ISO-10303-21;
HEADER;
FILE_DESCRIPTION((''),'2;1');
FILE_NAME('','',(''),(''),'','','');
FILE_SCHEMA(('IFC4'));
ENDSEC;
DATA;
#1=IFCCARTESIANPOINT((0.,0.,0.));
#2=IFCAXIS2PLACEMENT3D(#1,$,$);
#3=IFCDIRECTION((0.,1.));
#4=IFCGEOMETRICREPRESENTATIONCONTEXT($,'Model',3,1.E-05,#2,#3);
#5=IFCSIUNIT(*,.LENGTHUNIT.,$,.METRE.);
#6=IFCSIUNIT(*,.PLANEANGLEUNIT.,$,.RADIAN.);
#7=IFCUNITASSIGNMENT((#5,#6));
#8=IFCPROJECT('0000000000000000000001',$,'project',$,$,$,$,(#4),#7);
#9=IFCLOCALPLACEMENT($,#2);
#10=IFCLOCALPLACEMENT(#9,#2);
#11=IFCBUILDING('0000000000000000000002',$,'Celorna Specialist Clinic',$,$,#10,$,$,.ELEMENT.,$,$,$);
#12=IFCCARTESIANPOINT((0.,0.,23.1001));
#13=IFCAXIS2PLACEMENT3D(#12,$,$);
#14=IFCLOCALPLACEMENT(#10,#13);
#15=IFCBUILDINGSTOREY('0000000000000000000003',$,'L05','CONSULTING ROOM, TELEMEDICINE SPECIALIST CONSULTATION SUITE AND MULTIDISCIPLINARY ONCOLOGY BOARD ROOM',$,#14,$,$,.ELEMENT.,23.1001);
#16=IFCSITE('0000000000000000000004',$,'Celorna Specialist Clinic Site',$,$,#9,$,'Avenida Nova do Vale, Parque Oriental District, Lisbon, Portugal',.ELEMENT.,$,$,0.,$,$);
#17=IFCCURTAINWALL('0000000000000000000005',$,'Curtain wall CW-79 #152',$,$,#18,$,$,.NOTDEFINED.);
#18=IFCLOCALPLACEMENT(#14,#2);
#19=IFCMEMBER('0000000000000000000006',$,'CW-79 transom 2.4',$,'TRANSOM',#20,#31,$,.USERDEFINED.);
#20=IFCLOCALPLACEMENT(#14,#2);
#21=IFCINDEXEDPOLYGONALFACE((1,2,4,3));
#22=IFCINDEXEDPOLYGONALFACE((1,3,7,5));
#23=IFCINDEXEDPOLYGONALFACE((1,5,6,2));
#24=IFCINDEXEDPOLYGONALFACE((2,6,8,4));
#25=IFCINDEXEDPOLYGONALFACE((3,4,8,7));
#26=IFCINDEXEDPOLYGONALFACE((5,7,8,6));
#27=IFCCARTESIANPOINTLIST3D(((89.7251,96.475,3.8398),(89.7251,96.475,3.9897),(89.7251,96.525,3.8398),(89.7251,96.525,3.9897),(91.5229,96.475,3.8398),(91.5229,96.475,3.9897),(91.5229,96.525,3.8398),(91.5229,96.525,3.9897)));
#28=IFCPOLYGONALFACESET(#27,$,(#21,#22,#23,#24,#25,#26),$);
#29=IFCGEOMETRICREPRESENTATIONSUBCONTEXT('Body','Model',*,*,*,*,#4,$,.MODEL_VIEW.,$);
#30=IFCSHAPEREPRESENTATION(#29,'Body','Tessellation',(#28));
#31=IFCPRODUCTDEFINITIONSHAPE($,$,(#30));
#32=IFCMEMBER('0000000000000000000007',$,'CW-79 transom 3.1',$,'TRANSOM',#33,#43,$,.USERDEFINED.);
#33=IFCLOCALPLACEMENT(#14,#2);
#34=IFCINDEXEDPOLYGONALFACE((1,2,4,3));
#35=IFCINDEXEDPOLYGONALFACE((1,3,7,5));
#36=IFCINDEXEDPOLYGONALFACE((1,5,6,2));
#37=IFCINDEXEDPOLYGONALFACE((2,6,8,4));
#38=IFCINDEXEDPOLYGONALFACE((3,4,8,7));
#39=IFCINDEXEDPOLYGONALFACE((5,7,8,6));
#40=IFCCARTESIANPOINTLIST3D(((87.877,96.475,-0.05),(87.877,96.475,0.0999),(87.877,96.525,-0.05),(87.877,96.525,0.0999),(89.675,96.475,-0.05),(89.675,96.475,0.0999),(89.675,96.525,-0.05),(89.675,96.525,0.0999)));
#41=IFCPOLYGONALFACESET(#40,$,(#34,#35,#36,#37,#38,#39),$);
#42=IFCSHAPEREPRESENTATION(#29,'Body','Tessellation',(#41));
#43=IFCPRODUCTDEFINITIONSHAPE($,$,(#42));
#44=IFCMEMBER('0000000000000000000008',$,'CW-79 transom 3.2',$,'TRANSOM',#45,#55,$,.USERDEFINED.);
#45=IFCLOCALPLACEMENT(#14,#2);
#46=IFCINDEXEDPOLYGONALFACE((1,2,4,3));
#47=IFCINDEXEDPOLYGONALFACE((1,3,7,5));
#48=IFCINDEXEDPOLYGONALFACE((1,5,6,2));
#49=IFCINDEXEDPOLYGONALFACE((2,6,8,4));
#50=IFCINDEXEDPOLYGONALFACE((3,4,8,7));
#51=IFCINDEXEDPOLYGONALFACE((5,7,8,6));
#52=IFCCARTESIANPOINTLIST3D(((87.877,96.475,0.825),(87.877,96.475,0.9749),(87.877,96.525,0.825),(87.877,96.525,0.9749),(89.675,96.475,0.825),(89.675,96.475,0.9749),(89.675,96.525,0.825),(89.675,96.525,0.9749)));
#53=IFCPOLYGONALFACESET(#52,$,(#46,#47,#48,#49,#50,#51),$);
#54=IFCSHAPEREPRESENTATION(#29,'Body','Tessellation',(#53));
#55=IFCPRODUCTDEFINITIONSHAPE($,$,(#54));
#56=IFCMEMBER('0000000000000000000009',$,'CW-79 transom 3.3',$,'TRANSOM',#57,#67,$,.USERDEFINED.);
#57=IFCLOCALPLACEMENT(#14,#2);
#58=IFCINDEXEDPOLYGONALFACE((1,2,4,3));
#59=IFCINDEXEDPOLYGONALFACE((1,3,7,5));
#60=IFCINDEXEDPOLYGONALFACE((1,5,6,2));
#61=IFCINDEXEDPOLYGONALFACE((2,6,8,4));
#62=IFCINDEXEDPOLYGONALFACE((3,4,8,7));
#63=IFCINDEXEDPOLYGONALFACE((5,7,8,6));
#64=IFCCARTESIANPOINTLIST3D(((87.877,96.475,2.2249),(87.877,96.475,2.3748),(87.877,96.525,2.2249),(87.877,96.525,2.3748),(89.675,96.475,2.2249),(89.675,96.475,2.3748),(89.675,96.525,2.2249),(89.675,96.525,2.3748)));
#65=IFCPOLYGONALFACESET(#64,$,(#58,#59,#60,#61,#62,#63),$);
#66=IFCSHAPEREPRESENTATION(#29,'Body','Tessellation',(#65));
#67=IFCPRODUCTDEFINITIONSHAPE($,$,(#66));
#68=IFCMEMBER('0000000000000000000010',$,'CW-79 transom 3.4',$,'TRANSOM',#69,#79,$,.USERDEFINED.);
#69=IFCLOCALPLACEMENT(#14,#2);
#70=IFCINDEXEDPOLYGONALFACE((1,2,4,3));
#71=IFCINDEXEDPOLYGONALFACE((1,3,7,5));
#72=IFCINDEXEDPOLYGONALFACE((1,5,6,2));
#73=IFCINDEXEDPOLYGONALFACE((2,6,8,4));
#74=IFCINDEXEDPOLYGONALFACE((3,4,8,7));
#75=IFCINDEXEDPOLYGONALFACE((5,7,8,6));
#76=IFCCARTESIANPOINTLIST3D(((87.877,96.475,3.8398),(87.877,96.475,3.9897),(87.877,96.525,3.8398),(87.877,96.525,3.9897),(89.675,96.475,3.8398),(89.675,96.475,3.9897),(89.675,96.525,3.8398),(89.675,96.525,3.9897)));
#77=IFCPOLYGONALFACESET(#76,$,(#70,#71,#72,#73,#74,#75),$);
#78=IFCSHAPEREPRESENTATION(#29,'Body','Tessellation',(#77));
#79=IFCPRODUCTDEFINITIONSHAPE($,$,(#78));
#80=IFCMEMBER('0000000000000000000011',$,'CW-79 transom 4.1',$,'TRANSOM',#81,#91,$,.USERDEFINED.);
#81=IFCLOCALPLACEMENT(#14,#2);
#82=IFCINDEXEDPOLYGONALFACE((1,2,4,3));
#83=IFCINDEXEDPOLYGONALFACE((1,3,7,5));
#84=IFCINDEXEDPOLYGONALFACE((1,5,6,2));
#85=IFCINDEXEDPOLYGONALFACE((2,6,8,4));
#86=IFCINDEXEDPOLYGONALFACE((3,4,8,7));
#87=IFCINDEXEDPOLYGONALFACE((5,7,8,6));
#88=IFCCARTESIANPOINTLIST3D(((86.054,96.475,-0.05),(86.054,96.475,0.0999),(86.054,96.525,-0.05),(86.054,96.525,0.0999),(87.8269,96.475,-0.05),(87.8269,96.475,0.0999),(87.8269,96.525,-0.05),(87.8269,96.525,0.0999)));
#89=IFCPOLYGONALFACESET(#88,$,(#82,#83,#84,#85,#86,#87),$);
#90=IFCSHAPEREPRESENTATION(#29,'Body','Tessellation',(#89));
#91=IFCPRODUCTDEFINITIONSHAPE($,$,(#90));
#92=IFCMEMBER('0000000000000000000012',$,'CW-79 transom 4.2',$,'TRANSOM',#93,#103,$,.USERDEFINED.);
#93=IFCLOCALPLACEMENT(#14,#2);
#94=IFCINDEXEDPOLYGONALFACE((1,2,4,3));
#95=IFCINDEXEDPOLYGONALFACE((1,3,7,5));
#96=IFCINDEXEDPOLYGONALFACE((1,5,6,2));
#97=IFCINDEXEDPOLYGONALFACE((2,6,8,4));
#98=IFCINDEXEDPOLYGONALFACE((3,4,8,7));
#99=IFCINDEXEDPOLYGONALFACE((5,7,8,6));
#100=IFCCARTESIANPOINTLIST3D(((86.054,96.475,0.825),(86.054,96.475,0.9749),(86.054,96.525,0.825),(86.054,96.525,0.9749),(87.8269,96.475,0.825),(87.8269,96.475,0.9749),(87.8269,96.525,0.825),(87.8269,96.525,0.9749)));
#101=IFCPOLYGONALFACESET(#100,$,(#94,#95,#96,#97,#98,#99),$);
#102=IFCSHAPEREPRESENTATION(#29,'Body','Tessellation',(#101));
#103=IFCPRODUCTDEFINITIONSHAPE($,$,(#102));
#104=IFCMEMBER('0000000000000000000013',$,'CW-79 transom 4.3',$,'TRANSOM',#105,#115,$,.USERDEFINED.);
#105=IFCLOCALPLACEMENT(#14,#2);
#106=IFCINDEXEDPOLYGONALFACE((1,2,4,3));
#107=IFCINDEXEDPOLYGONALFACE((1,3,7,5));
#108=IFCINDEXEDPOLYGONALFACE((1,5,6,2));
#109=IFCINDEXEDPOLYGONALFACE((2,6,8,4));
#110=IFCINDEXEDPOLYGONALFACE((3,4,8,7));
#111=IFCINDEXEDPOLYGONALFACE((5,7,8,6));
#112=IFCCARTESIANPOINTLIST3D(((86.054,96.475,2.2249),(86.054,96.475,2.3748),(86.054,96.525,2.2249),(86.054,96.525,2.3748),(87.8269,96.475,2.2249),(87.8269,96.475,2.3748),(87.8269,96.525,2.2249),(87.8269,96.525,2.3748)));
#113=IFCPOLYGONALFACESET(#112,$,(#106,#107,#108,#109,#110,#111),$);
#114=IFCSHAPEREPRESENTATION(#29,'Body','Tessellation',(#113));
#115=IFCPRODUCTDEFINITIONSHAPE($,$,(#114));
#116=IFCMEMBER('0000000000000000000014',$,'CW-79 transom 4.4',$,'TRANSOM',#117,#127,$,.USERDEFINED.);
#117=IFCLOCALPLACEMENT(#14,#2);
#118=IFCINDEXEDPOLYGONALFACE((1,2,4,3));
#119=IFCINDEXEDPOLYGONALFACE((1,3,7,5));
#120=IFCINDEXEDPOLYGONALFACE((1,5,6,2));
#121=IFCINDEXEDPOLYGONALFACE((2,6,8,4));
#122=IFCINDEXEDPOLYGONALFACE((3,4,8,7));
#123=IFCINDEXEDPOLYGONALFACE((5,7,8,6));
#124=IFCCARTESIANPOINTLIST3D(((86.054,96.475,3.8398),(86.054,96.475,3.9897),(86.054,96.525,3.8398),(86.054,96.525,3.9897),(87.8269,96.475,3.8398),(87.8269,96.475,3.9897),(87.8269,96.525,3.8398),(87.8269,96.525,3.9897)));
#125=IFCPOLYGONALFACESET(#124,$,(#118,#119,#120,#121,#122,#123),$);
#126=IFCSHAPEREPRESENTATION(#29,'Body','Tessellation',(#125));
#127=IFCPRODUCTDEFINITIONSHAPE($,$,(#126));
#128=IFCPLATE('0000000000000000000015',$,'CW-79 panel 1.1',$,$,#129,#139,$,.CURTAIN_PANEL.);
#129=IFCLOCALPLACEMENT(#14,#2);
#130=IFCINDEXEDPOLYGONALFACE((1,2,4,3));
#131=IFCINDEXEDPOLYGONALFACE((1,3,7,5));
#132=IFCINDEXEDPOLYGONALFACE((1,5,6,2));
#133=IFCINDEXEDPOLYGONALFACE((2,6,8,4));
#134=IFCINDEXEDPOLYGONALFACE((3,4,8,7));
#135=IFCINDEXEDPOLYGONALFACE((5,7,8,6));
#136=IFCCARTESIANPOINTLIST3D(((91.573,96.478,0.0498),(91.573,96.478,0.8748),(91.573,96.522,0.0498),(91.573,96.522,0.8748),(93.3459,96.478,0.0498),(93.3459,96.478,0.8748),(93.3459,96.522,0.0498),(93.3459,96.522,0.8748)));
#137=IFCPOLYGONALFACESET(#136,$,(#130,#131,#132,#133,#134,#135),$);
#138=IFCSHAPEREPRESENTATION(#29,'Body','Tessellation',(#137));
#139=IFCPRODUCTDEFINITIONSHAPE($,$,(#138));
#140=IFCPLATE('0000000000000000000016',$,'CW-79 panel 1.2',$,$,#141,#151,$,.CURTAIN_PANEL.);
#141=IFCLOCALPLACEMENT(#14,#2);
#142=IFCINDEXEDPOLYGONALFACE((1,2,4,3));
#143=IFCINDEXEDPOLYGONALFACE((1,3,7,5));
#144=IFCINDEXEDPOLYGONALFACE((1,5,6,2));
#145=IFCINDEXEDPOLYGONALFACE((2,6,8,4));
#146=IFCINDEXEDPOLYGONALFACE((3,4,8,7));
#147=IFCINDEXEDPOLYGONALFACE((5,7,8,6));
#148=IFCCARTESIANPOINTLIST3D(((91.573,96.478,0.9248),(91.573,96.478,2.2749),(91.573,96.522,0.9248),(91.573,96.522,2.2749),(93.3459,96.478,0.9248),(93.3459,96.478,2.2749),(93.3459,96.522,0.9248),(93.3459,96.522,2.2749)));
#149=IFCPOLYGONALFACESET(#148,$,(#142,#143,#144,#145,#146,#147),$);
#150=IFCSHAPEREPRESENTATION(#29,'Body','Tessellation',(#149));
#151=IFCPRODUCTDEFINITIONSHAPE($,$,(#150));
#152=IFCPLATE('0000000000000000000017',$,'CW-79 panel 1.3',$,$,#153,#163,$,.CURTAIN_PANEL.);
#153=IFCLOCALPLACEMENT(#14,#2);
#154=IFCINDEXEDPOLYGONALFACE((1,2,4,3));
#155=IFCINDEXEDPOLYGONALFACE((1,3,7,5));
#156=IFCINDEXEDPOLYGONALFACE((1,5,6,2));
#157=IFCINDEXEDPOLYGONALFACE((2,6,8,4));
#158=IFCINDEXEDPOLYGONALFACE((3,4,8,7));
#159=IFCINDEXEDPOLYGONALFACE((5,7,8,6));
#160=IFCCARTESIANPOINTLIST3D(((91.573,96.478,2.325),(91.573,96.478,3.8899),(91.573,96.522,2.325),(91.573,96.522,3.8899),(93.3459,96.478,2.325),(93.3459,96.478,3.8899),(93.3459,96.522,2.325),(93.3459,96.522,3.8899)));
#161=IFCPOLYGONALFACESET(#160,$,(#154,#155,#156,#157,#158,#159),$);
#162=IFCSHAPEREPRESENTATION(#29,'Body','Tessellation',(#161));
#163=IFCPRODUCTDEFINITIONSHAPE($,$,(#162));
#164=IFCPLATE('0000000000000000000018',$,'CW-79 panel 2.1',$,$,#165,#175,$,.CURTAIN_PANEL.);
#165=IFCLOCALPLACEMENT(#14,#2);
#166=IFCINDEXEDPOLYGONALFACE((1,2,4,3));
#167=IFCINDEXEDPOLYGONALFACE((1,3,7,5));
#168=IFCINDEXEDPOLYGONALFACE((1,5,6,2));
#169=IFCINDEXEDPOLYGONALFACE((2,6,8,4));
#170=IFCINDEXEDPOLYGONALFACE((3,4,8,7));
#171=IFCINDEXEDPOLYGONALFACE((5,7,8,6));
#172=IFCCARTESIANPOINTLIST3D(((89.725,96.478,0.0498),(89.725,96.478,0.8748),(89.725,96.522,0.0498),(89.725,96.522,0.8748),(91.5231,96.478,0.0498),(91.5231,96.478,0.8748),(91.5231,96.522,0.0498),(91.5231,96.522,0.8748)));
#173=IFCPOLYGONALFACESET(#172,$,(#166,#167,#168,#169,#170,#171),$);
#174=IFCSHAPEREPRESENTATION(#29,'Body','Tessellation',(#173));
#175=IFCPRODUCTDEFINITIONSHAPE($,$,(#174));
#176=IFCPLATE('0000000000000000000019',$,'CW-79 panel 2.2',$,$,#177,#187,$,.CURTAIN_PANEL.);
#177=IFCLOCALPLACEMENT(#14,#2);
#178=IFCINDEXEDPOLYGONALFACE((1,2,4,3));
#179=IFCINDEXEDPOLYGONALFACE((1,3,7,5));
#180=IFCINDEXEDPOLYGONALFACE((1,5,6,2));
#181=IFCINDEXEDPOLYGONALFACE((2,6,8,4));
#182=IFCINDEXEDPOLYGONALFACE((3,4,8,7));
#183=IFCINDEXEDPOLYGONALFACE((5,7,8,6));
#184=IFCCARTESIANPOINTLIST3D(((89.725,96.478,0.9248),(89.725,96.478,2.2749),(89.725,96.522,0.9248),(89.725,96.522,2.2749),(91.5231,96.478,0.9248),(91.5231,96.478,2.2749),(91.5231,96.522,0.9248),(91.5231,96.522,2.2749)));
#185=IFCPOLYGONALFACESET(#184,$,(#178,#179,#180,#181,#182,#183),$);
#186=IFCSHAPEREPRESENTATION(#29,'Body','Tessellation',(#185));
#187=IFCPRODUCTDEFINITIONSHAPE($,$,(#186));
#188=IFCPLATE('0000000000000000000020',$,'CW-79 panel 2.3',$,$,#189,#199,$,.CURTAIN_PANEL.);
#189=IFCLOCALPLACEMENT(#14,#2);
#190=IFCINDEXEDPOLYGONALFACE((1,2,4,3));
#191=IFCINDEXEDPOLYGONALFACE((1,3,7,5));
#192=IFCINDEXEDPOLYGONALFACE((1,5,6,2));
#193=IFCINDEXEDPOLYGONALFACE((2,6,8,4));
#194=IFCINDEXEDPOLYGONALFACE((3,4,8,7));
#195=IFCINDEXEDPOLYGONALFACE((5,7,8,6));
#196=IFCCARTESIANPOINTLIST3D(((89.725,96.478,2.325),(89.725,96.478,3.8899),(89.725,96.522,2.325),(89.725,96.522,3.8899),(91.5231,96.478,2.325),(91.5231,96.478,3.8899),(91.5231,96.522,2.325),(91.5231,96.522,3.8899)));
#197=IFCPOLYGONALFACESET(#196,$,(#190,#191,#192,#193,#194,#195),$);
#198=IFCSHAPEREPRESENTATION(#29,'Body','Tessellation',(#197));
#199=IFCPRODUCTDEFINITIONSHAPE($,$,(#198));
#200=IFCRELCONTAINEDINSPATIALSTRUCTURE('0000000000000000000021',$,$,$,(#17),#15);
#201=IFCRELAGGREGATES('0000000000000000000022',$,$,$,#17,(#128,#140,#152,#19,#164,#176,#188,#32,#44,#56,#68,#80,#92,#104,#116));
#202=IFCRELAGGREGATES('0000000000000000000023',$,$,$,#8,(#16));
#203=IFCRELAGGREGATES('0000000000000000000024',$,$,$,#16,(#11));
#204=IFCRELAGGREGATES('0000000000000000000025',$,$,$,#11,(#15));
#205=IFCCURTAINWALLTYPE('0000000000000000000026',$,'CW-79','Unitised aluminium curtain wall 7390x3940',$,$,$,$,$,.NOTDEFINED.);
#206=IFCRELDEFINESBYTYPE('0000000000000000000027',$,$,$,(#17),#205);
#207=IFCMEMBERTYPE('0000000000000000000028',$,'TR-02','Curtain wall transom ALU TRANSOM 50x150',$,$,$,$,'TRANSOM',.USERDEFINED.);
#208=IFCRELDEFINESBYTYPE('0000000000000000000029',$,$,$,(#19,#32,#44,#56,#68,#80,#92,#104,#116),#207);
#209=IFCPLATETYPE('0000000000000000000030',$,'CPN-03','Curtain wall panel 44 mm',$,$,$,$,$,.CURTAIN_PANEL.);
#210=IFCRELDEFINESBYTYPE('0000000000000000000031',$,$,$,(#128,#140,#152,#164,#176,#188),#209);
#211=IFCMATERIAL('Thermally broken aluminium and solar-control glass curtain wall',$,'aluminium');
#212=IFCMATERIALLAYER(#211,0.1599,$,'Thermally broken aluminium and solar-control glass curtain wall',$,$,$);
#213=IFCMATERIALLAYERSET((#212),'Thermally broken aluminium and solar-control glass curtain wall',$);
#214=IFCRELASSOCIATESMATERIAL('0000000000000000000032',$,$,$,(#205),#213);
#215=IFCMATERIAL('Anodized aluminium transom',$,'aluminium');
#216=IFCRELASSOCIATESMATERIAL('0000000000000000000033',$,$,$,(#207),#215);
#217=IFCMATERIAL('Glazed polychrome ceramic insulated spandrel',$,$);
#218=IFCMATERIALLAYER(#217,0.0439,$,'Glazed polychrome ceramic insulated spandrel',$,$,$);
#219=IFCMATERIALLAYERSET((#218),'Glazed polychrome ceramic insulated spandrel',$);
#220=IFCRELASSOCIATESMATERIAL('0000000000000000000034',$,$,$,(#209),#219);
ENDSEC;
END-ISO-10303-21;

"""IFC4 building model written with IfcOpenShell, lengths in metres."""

from ifc_helpers import new_model, si_unit, direction, frame, origin, origin_2d, place, context, subcontext, project, spatial, rectangle, extrude, material, layer, layer_set, material_profile, profile_set, type_object, element, aggregate, save


model = new_model("IFC4")

# Units and contexts
model_context = context("Model", 3, precision=1e-05, world=origin(), true_north=direction((0.0, 1.0)))
body_context = subcontext(model_context, "Body", "Model", "MODEL_VIEW")
ifc_project = project(units=[si_unit("LENGTHUNIT", "METRE"), si_unit("PLANEANGLEUNIT", "RADIAN")], contexts=[model_context])

# Site, building, storey
site_placement = place(None, origin())
site = spatial("IfcSite", under=ifc_project, at=site_placement, Name="Celorna Specialist Clinic Site", LongName="Avenida Nova do Vale, Parque Oriental District, Lisbon, Portugal", CompositionType="ELEMENT", RefElevation=0.0)
building_placement = place(site_placement, origin())
building = spatial("IfcBuilding", under=site, at=building_placement, Name="Celorna Specialist Clinic", CompositionType="ELEMENT")
storey_placement = place(building_placement, frame((0.0, 0.0, 23.1001)))
storey = spatial("IfcBuildingStorey", under=building, at=storey_placement, Name="L05", Description="CONSULTING ROOM, TELEMEDICINE SPECIALIST CONSULTATION SUITE AND MULTIDISCIPLINARY ONCOLOGY BOARD ROOM", CompositionType="ELEMENT", Elevation=23.1001)

# Curtain wall, members, plates
ifc_material_1 = material(Name="Thermally broken aluminium and solar-control glass curtain wall", Category="aluminium")
ifc_layer_1 = layer(ifc_material_1, 0.1599, Name="Thermally broken aluminium and solar-control glass curtain wall")
ifc_layer_set_1 = layer_set([ifc_layer_1], Name="Thermally broken aluminium and solar-control glass curtain wall")
curtain_wall_type = type_object("IfcCurtainWallType", Name="CW-79", Description="Unitised aluminium curtain wall 7390x3940", PredefinedType="NOTDEFINED", material=ifc_layer_set_1)
curtain_wall_placement = place(storey_placement, origin())
curtain_wall = element("IfcCurtainWall", 1, at=curtain_wall_placement, inside=storey, type_object=curtain_wall_type, Name="Curtain wall CW-79 #152", PredefinedType="NOTDEFINED")
ifc_material_2 = material(Name="Anodized aluminium transom", Category="aluminium")
ifc_material_profile_1 = material_profile(ifc_material_2, rectangle(XDim=0.05, YDim=0.1499, at=origin_2d()), Name="ALU TRANSOM 50x150")
ifc_profile_set_1 = profile_set([ifc_material_profile_1], Name="Anodized aluminium transom")
member_type_1 = type_object("IfcMemberType", Name="TR-02", Description="Curtain wall transom ALU TRANSOM 50x150", ElementType="TRANSOM", PredefinedType="USERDEFINED", material=ifc_profile_set_1)
member_1_placement = place(storey_placement, frame((91.5229, 96.5, 3.9148), z_axis=(-1.0, 0.0, 0.0), x_axis=(0.0, -1.0, 0.0)))
member_1 = element("IfcMember", 2, at=member_1_placement, type_object=member_type_1, Name="CW-79 transom 2.4", ObjectType="TRANSOM", PredefinedType="USERDEFINED", context=body_context, shape_type="SweptSolid", body=[
    extrude(rectangle(XDim=0.05, YDim=0.1499, at=origin_2d()), origin(), (0.0, 0.0, 1.0), 1.7979),
])
member_2_placement = place(storey_placement, frame((89.675, 96.5, 0.0249), z_axis=(-1.0, 0.0, 0.0), x_axis=(0.0, -1.0, 0.0)))
member_2 = element("IfcMember", 3, at=member_2_placement, type_object=member_type_1, Name="CW-79 transom 3.1", ObjectType="TRANSOM", PredefinedType="USERDEFINED", context=body_context, shape_type="SweptSolid", body=[
    extrude(rectangle(XDim=0.05, YDim=0.1499, at=origin_2d()), origin(), (0.0, 0.0, 1.0), 1.7981),
])
member_3_placement = place(storey_placement, frame((89.675, 96.5, 0.8999), z_axis=(-1.0, 0.0, 0.0), x_axis=(0.0, -1.0, 0.0)))
member_3 = element("IfcMember", 4, at=member_3_placement, type_object=member_type_1, Name="CW-79 transom 3.2", ObjectType="TRANSOM", PredefinedType="USERDEFINED", context=body_context, shape_type="SweptSolid", body=[
    extrude(rectangle(XDim=0.05, YDim=0.1499, at=origin_2d()), origin(), (0.0, 0.0, 1.0), 1.7981),
])
member_4_placement = place(storey_placement, frame((89.675, 96.5, 2.2998), z_axis=(-1.0, 0.0, 0.0), x_axis=(0.0, -1.0, 0.0)))
member_4 = element("IfcMember", 5, at=member_4_placement, type_object=member_type_1, Name="CW-79 transom 3.3", ObjectType="TRANSOM", PredefinedType="USERDEFINED", context=body_context, shape_type="SweptSolid", body=[
    extrude(rectangle(XDim=0.05, YDim=0.1499, at=origin_2d()), origin(), (0.0, 0.0, 1.0), 1.7981),
])
member_5_placement = place(storey_placement, frame((89.675, 96.5, 3.9148), z_axis=(-1.0, 0.0, 0.0), x_axis=(0.0, -1.0, 0.0)))
member_5 = element("IfcMember", 6, at=member_5_placement, type_object=member_type_1, Name="CW-79 transom 3.4", ObjectType="TRANSOM", PredefinedType="USERDEFINED", context=body_context, shape_type="SweptSolid", body=[
    extrude(rectangle(XDim=0.05, YDim=0.1499, at=origin_2d()), origin(), (0.0, 0.0, 1.0), 1.7981),
])
member_6_placement = place(storey_placement, frame((87.8269, 96.5, 0.0249), z_axis=(-1.0, 0.0, 0.0), x_axis=(0.0, -1.0, 0.0)))
member_6 = element("IfcMember", 7, at=member_6_placement, type_object=member_type_1, Name="CW-79 transom 4.1", ObjectType="TRANSOM", PredefinedType="USERDEFINED", context=body_context, shape_type="SweptSolid", body=[
    extrude(rectangle(XDim=0.05, YDim=0.1499, at=origin_2d()), origin(), (0.0, 0.0, 1.0), 1.7729),
])
member_7_placement = place(storey_placement, frame((87.8269, 96.5, 0.8999), z_axis=(-1.0, 0.0, 0.0), x_axis=(0.0, -1.0, 0.0)))
member_7 = element("IfcMember", 8, at=member_7_placement, type_object=member_type_1, Name="CW-79 transom 4.2", ObjectType="TRANSOM", PredefinedType="USERDEFINED", context=body_context, shape_type="SweptSolid", body=[
    extrude(rectangle(XDim=0.05, YDim=0.1499, at=origin_2d()), origin(), (0.0, 0.0, 1.0), 1.7729),
])
member_8_placement = place(storey_placement, frame((87.8269, 96.5, 2.2998), z_axis=(-1.0, 0.0, 0.0), x_axis=(0.0, -1.0, 0.0)))
member_8 = element("IfcMember", 9, at=member_8_placement, type_object=member_type_1, Name="CW-79 transom 4.3", ObjectType="TRANSOM", PredefinedType="USERDEFINED", context=body_context, shape_type="SweptSolid", body=[
    extrude(rectangle(XDim=0.05, YDim=0.1499, at=origin_2d()), origin(), (0.0, 0.0, 1.0), 1.7729),
])
member_9_placement = place(storey_placement, frame((87.8269, 96.5, 3.9148), z_axis=(-1.0, 0.0, 0.0), x_axis=(0.0, -1.0, 0.0)))
member_9 = element("IfcMember", 10, at=member_9_placement, type_object=member_type_1, Name="CW-79 transom 4.4", ObjectType="TRANSOM", PredefinedType="USERDEFINED", context=body_context, shape_type="SweptSolid", body=[
    extrude(rectangle(XDim=0.05, YDim=0.1499, at=origin_2d()), origin(), (0.0, 0.0, 1.0), 1.7729),
])
ifc_material_3 = material(Name="Glazed polychrome ceramic insulated spandrel")
ifc_layer_2 = layer(ifc_material_3, 0.0439, Name="Glazed polychrome ceramic insulated spandrel")
ifc_layer_set_2 = layer_set([ifc_layer_2], Name="Glazed polychrome ceramic insulated spandrel")
plate_type = type_object("IfcPlateType", Name="CPN-03", Description="Curtain wall panel 44 mm", PredefinedType="CURTAIN_PANEL", material=ifc_layer_set_2)
plate_1_placement = place(storey_placement, frame((92.4595, 96.5, 0.0498), z_axis=(0.0, 0.0, 1.0), x_axis=(-1.0, 0.0, 0.0)))
plate_1 = element("IfcPlate", 11, at=plate_1_placement, type_object=plate_type, Name="CW-79 panel 1.1", PredefinedType="CURTAIN_PANEL", context=body_context, shape_type="SweptSolid", body=[
    extrude(rectangle(XDim=1.7729, YDim=0.0439, at=origin_2d()), origin(), (0.0, 0.0, 1.0), 0.825),
])
plate_2_placement = place(storey_placement, frame((92.4595, 96.5, 0.9248), z_axis=(0.0, 0.0, 1.0), x_axis=(-1.0, 0.0, 0.0)))
plate_2 = element("IfcPlate", 12, at=plate_2_placement, type_object=plate_type, Name="CW-79 panel 1.2", PredefinedType="CURTAIN_PANEL", context=body_context, shape_type="SweptSolid", body=[
    extrude(rectangle(XDim=1.7729, YDim=0.0439, at=origin_2d()), origin(), (0.0, 0.0, 1.0), 1.3501),
])
plate_3_placement = place(storey_placement, frame((92.4595, 96.5, 2.325), z_axis=(0.0, 0.0, 1.0), x_axis=(-1.0, 0.0, 0.0)))
plate_3 = element("IfcPlate", 13, at=plate_3_placement, type_object=plate_type, Name="CW-79 panel 1.3", PredefinedType="CURTAIN_PANEL", context=body_context, shape_type="SweptSolid", body=[
    extrude(rectangle(XDim=1.7729, YDim=0.0439, at=origin_2d()), origin(), (0.0, 0.0, 1.0), 1.5649),
])
plate_4_placement = place(storey_placement, frame((90.624, 96.5, 0.0498), z_axis=(0.0, 0.0, 1.0), x_axis=(-1.0, 0.0, 0.0)))
plate_4 = element("IfcPlate", 14, at=plate_4_placement, type_object=plate_type, Name="CW-79 panel 2.1", PredefinedType="CURTAIN_PANEL", context=body_context, shape_type="SweptSolid", body=[
    extrude(rectangle(XDim=1.7981, YDim=0.0439, at=origin_2d()), origin(), (0.0, 0.0, 1.0), 0.825),
])
plate_5_placement = place(storey_placement, frame((90.624, 96.5, 0.9248), z_axis=(0.0, 0.0, 1.0), x_axis=(-1.0, 0.0, 0.0)))
plate_5 = element("IfcPlate", 15, at=plate_5_placement, type_object=plate_type, Name="CW-79 panel 2.2", PredefinedType="CURTAIN_PANEL", context=body_context, shape_type="SweptSolid", body=[
    extrude(rectangle(XDim=1.7981, YDim=0.0439, at=origin_2d()), origin(), (0.0, 0.0, 1.0), 1.3501),
])
plate_6_placement = place(storey_placement, frame((90.624, 96.5, 2.325), z_axis=(0.0, 0.0, 1.0), x_axis=(-1.0, 0.0, 0.0)))
plate_6 = element("IfcPlate", 16, at=plate_6_placement, type_object=plate_type, Name="CW-79 panel 2.3", PredefinedType="CURTAIN_PANEL", context=body_context, shape_type="SweptSolid", body=[
    extrude(rectangle(XDim=1.7981, YDim=0.0439, at=origin_2d()), origin(), (0.0, 0.0, 1.0), 1.5649),
])
aggregate(curtain_wall, [plate_1, plate_2, plate_3, member_1, plate_4, plate_5, plate_6, member_2, member_3, member_4, member_5, member_6, member_7, member_8, member_9])

save(model, "model.ifc")
